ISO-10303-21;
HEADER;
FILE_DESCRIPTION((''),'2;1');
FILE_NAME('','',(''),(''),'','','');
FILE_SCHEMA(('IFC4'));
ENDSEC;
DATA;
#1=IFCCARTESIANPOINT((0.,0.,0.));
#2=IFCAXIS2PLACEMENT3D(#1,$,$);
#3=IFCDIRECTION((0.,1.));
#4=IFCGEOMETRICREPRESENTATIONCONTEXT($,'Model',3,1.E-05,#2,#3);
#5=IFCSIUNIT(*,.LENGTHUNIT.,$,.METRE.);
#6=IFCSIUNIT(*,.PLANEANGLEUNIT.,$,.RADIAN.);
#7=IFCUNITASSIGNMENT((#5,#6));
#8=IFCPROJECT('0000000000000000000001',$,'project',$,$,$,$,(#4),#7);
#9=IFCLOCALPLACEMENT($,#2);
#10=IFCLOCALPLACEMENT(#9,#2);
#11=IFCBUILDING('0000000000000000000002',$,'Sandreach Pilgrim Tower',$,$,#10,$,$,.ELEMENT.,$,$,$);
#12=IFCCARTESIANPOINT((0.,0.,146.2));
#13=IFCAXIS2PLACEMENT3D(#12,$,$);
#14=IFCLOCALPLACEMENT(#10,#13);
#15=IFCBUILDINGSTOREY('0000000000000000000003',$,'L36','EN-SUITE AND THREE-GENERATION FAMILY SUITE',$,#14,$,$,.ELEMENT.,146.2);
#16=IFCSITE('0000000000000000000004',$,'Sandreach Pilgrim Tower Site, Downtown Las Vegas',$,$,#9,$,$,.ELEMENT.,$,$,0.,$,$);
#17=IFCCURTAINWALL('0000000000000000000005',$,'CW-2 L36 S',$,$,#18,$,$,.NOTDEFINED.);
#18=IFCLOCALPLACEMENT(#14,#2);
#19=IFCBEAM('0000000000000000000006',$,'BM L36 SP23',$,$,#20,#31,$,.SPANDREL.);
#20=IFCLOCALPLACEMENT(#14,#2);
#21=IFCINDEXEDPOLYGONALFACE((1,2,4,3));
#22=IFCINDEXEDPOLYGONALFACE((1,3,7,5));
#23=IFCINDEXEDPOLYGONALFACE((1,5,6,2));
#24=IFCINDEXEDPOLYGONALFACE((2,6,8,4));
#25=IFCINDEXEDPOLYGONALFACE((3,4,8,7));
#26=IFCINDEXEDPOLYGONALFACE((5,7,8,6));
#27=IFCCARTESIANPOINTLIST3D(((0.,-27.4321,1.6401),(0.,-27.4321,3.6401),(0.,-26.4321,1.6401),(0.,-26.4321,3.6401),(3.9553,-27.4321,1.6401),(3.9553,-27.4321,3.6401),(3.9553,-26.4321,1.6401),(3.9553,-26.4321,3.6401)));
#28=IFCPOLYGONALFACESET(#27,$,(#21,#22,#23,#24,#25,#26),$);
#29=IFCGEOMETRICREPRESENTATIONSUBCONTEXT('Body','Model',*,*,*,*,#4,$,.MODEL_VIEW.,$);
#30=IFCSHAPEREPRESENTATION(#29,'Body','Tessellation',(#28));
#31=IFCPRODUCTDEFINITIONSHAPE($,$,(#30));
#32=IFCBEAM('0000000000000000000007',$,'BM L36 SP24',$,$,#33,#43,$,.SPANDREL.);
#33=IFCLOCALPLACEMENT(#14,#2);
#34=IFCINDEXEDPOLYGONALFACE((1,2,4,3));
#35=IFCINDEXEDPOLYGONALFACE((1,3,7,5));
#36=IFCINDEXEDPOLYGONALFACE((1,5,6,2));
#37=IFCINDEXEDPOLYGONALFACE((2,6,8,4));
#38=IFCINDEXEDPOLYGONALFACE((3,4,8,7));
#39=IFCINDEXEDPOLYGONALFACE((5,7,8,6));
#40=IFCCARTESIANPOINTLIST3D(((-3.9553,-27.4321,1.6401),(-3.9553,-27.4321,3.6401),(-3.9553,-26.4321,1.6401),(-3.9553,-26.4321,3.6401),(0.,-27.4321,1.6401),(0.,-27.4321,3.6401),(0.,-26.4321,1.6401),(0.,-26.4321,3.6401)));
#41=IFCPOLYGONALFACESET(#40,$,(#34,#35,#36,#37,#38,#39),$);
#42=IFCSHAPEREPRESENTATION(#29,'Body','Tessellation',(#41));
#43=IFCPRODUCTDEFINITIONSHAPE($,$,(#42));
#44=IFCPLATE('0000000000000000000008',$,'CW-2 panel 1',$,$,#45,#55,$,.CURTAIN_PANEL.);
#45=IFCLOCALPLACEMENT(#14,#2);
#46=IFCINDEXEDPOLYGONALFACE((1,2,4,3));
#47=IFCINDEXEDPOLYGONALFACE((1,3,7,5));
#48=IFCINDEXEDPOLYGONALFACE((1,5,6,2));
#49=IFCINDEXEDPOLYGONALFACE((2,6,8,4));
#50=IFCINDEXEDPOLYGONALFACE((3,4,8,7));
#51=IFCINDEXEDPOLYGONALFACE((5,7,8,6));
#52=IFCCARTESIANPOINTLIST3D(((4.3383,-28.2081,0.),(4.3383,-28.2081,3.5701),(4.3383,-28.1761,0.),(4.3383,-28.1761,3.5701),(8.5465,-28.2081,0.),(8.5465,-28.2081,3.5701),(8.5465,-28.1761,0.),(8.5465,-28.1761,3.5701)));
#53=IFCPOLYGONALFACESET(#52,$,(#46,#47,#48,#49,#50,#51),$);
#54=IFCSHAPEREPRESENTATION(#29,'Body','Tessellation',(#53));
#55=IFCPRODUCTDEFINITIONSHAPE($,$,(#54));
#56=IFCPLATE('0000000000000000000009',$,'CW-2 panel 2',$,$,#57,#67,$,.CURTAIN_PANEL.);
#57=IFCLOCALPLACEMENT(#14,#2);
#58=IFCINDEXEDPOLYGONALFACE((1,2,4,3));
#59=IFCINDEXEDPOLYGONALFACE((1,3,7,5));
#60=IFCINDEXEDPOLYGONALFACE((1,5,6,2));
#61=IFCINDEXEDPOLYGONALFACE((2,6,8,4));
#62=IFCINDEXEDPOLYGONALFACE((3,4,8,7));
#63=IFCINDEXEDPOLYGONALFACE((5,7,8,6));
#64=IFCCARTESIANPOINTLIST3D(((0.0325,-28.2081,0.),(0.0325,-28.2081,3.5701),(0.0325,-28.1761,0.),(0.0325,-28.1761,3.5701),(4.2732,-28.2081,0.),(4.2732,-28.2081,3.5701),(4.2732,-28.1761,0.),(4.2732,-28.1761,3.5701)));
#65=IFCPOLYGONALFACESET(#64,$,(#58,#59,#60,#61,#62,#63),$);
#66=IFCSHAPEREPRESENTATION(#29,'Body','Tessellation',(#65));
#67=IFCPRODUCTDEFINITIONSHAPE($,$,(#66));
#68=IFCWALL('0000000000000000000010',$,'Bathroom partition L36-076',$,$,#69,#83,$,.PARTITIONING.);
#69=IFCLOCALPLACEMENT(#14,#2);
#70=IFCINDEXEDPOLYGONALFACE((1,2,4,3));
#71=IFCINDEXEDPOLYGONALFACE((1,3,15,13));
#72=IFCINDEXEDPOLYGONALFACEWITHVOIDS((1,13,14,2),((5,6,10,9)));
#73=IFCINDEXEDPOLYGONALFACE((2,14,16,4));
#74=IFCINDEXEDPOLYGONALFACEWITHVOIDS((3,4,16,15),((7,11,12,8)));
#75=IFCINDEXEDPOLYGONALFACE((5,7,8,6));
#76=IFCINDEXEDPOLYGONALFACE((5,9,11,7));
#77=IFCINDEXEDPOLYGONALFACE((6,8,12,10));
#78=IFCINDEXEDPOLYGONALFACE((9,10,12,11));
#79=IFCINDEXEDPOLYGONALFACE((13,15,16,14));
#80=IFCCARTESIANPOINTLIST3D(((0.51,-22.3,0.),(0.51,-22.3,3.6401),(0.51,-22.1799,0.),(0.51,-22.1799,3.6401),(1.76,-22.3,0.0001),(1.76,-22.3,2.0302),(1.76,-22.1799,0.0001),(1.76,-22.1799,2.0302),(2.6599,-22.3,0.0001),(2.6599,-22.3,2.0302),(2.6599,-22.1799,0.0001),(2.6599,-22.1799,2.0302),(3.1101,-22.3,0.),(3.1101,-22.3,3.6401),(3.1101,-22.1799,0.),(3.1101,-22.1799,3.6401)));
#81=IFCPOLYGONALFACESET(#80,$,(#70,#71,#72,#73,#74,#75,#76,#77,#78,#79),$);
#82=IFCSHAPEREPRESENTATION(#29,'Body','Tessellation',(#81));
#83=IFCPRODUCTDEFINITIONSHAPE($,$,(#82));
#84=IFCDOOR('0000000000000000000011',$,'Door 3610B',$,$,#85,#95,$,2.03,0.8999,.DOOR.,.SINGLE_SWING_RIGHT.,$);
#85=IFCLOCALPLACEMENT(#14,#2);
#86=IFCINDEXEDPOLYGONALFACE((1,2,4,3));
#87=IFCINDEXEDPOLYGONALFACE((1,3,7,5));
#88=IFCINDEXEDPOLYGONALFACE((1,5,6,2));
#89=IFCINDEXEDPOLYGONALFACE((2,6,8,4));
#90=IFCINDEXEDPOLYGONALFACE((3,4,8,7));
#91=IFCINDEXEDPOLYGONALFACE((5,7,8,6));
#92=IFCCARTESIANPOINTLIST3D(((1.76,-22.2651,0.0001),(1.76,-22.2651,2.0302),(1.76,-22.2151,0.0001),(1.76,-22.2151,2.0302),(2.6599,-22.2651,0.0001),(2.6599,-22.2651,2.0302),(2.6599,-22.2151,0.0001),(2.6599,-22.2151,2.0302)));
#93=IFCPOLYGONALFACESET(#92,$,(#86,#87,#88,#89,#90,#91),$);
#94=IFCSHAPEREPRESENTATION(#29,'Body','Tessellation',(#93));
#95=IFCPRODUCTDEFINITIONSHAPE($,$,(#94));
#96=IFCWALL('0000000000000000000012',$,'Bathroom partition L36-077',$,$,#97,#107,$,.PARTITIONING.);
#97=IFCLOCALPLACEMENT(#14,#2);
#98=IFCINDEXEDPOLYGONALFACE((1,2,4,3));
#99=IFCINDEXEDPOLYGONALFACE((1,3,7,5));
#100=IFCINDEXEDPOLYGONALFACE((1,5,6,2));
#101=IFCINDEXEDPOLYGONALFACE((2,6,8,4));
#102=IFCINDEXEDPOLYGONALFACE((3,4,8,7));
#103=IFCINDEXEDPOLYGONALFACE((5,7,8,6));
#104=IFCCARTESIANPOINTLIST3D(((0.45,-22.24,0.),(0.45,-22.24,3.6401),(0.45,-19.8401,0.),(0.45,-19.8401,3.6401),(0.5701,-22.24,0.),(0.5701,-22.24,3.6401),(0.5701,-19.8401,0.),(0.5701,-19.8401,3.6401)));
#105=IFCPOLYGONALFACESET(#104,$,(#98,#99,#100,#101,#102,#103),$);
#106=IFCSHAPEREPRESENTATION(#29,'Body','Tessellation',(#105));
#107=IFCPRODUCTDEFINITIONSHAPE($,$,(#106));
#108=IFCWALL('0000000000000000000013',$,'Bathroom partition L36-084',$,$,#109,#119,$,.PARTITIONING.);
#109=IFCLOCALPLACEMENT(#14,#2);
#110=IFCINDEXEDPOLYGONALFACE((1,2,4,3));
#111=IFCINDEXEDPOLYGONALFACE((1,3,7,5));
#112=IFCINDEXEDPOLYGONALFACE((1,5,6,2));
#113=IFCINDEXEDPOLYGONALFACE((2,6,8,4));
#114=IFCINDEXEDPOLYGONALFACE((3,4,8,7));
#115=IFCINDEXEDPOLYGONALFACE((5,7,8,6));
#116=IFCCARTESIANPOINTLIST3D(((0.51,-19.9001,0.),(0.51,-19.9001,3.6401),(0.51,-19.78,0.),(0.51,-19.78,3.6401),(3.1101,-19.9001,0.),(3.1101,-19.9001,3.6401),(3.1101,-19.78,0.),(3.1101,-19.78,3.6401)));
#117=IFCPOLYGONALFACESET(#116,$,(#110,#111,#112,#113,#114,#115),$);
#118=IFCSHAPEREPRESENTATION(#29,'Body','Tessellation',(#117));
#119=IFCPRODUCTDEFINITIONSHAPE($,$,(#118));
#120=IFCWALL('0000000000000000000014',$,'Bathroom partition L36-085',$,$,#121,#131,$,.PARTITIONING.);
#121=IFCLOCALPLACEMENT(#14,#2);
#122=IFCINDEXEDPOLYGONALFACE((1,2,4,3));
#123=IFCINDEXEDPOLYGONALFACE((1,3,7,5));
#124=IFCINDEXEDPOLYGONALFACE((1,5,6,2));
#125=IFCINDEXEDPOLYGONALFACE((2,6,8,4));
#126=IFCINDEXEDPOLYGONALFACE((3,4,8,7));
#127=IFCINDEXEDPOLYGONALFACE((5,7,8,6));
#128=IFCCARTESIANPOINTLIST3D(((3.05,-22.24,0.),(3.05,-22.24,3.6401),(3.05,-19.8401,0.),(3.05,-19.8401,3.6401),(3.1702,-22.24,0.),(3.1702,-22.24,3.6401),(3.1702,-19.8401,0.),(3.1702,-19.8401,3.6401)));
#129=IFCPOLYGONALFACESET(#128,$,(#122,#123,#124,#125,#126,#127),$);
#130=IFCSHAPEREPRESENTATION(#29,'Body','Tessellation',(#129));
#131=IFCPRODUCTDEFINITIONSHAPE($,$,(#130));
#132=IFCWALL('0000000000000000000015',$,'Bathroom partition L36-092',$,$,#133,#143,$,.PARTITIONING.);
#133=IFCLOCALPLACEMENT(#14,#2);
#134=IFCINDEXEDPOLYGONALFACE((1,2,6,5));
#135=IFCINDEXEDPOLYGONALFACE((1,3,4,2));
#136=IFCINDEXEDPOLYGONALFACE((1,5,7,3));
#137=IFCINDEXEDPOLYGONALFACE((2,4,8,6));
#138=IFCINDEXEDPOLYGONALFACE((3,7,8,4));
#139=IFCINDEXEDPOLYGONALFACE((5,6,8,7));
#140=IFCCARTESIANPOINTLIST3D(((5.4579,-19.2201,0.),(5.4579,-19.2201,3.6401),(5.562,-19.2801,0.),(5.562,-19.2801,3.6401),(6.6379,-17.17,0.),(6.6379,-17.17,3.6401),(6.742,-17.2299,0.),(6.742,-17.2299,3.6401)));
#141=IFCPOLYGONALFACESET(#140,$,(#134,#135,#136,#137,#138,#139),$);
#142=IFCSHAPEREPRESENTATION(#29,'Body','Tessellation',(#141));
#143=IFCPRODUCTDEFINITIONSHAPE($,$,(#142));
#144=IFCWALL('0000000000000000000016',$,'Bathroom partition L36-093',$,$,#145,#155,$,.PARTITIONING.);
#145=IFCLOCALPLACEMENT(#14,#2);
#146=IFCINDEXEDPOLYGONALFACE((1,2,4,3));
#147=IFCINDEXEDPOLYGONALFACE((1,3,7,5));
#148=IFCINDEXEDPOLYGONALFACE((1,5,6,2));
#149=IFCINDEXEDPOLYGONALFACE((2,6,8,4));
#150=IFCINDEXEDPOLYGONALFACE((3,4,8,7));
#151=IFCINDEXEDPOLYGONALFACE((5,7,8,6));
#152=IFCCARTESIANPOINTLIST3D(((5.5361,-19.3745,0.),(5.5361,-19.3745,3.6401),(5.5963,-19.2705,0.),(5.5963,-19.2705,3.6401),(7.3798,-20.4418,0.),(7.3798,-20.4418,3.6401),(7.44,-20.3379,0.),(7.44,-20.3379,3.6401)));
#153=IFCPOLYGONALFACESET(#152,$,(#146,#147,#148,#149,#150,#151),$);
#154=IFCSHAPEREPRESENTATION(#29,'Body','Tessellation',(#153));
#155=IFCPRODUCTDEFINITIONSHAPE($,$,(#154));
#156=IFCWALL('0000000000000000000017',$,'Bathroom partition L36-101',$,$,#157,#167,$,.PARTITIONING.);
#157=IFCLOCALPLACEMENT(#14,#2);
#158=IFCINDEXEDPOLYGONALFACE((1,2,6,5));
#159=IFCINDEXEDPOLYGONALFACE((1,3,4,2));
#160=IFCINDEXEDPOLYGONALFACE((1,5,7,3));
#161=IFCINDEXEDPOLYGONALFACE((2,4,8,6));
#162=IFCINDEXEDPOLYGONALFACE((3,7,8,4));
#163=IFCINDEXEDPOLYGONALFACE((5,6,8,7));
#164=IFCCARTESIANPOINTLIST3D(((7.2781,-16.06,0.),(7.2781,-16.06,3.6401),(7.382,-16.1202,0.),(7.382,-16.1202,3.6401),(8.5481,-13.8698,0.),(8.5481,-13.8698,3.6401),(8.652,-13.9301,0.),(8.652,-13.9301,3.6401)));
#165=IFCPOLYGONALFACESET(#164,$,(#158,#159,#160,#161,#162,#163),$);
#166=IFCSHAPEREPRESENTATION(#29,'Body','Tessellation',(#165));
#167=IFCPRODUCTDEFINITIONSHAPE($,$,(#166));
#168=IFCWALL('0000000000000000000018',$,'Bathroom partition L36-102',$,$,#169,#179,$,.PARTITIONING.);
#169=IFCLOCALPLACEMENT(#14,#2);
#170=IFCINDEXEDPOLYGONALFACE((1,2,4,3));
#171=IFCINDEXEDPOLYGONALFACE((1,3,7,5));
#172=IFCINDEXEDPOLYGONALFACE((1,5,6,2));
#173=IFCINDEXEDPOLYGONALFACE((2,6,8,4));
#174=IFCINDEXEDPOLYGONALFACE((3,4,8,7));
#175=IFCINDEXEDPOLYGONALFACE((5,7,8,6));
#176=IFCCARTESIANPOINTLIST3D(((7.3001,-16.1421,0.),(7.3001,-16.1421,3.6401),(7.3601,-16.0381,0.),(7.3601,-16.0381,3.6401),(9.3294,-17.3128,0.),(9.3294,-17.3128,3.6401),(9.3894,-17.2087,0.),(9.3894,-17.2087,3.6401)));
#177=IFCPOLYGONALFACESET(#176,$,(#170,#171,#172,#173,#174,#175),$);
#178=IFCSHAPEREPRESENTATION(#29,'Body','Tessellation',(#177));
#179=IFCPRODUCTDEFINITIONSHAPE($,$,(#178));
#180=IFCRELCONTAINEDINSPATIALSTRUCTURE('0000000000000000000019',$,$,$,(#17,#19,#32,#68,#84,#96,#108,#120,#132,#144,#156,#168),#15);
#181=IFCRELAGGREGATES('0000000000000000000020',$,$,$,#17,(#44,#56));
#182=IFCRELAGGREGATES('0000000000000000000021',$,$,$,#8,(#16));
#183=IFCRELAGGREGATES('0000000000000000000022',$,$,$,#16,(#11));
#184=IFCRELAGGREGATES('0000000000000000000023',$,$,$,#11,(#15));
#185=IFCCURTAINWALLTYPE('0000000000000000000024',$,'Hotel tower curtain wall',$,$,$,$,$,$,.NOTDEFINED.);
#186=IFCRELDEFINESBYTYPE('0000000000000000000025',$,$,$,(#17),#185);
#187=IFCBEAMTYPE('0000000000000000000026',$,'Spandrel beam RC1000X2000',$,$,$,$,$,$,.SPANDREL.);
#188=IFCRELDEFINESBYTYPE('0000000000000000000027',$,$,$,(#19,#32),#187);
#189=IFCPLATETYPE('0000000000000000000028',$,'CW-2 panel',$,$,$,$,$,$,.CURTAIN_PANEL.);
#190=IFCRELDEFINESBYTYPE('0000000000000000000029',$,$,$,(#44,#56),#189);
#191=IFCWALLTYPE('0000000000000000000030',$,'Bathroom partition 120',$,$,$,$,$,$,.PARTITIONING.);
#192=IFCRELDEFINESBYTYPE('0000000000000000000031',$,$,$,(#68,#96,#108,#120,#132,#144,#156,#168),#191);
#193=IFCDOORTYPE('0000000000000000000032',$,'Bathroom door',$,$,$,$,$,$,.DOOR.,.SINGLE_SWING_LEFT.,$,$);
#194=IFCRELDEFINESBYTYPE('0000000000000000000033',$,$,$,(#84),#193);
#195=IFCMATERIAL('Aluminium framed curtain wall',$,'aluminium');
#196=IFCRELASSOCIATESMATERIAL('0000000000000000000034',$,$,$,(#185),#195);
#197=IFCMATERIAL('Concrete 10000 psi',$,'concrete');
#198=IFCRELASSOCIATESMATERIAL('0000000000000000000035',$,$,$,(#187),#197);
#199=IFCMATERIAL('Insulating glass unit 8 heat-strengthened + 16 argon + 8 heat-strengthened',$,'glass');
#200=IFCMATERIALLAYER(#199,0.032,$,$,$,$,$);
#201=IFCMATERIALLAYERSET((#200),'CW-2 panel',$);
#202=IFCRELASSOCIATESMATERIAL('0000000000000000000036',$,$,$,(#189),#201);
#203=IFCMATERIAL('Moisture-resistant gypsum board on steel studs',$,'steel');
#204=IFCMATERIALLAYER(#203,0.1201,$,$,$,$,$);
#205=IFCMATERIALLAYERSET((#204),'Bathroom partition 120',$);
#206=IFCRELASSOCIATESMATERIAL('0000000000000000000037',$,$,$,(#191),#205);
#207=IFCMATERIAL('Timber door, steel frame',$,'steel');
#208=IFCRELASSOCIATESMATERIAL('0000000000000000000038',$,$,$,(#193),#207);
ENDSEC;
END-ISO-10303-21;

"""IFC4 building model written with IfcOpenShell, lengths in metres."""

from ifc_helpers import new_model, si_unit, direction, frame, frame_2d, origin, origin_2d, place, context, subcontext, project, spatial, rectangle, extrude, material, layer, layer_set, material_profile, profile_set, type_object, element, fill, aggregate, save


model = new_model("IFC4")

# Units and contexts
model_context = context("Model", 3, precision=1e-05, world=origin(), true_north=direction((0.0, 1.0)))
body_context = subcontext(model_context, "Body", "Model", "MODEL_VIEW")
ifc_project = project(units=[si_unit("LENGTHUNIT", "METRE"), si_unit("PLANEANGLEUNIT", "RADIAN")], contexts=[model_context])

# Site, building, storey
site_placement = place(None, origin())
site = spatial("IfcSite", under=ifc_project, at=site_placement, Name="Sandreach Pilgrim Tower Site, Downtown Las Vegas", CompositionType="ELEMENT", RefElevation=0.0)
building_placement = place(site_placement, origin())
building = spatial("IfcBuilding", under=site, at=building_placement, Name="Sandreach Pilgrim Tower", CompositionType="ELEMENT")
storey_placement = place(building_placement, frame((0.0, 0.0, 146.2)))
storey = spatial("IfcBuildingStorey", under=building, at=storey_placement, Name="L36", Description="EN-SUITE AND THREE-GENERATION FAMILY SUITE", CompositionType="ELEMENT", Elevation=146.2)

# Curtain wall
ifc_material_1 = material(Name="Aluminium framed curtain wall", Category="aluminium")
curtain_wall_type = type_object("IfcCurtainWallType", Name="Hotel tower curtain wall", PredefinedType="NOTDEFINED", material=ifc_material_1)
curtain_wall_placement = place(storey_placement, origin())
curtain_wall = element("IfcCurtainWall", 1, at=curtain_wall_placement, inside=storey, type_object=curtain_wall_type, Name="CW-2 L36 S", PredefinedType="NOTDEFINED")

# Beams
ifc_material_2 = material(Name="Concrete 10000 psi", Category="concrete")
ifc_material_profile_1 = material_profile(ifc_material_2, rectangle(XDim=1.0, YDim=2.0, at=origin_2d()), Name="RC1000X2000")
ifc_profile_set_1 = profile_set([ifc_material_profile_1], Name="Concrete 10000 psi")
beam_type_1 = type_object("IfcBeamType", Name="Spandrel beam RC1000X2000", PredefinedType="SPANDREL", material=ifc_profile_set_1)
for number, where, z_axis, x_axis, name in (
    (2, (3.9553, -26.9321, 2.6401), (-1.0, 0.0, 0.0), (0.0, -1.0, 0.0), "BM L36 SP23"),
    (3, (0.0, -26.9321, 2.6401), (-1.0, 0.0, 0.0), (0.0, -1.0, 0.0), "BM L36 SP24"),
):
    element("IfcBeam", number, at=place(storey_placement, frame(where, z_axis=z_axis, x_axis=x_axis)), inside=storey, type_object=beam_type_1, Name=name, PredefinedType="SPANDREL", context=body_context, shape_type="SweptSolid", body=[
        extrude(rectangle(XDim=1.0, YDim=2.0, at=origin_2d()), origin(), (0.0, 0.0, 1.0), 3.9553),
    ])

# Plates
ifc_material_3 = material(Name="Insulating glass unit 8 heat-strengthened + 16 argon + 8 heat-strengthened", Category="glass")
ifc_layer_1 = layer(ifc_material_3, 0.032)
ifc_layer_set_1 = layer_set([ifc_layer_1], Name="CW-2 panel")
plate_type = type_object("IfcPlateType", Name="CW-2 panel", PredefinedType="CURTAIN_PANEL", material=ifc_layer_set_1)
plate_1_placement = place(storey_placement, frame((6.4424, -28.1921, 0.0), z_axis=(0.0, 0.0, 1.0), x_axis=(-1.0, 0.0, 0.0)))
plate_1 = element("IfcPlate", 4, at=plate_1_placement, type_object=plate_type, Name="CW-2 panel 1", PredefinedType="CURTAIN_PANEL", context=body_context, shape_type="SweptSolid", body=[
    extrude(rectangle(XDim=4.2083, YDim=0.032, at=origin_2d()), origin(), (0.0, 0.0, 1.0), 3.5701),
])
plate_2_placement = place(storey_placement, frame((2.1528, -28.1921, 0.0), z_axis=(0.0, 0.0, 1.0), x_axis=(-1.0, 0.0, 0.0)))
plate_2 = element("IfcPlate", 5, at=plate_2_placement, type_object=plate_type, Name="CW-2 panel 2", PredefinedType="CURTAIN_PANEL", context=body_context, shape_type="SweptSolid", body=[
    extrude(rectangle(XDim=4.2407, YDim=0.032, at=origin_2d()), origin(), (0.0, 0.0, 1.0), 3.5701),
])
aggregate(curtain_wall, [plate_1, plate_2])

# Wall, opening, door
ifc_material_4 = material(Name="Moisture-resistant gypsum board on steel studs", Category="steel")
ifc_layer_2 = layer(ifc_material_4, 0.1201)
ifc_layer_set_2 = layer_set([ifc_layer_2], Name="Bathroom partition 120")
wall_type_1 = type_object("IfcWallType", Name="Bathroom partition 120", PredefinedType="PARTITIONING", material=ifc_layer_set_2)
wall_1_placement = place(storey_placement, frame((0.51, -22.24, 0.0), z_axis=(0.0, 0.0, 1.0), x_axis=(1.0, 0.0, 0.0)))
wall_1 = element("IfcWall", 6, at=wall_1_placement, inside=storey, type_object=wall_type_1, Name="Bathroom partition L36-076", PredefinedType="PARTITIONING", context=body_context, shape_type="SweptSolid", body=[
    extrude(rectangle(XDim=2.6001, YDim=0.1201, at=frame_2d((1.3, 0.0))), origin(), (0.0, 0.0, 1.0), 3.6401),
])
opening_1_placement = place(wall_1_placement, frame((1.25, 0.0, 0.0)))
opening_1 = element("IfcOpeningElement", 7, at=opening_1_placement, cuts=wall_1, PredefinedType="OPENING", context=body_context, shape_type="SweptSolid", body=[
    extrude(rectangle(XDim=0.8999, YDim=2.03, at=frame_2d((0.45, 1.0151))), frame((0.0, 0.0601, 0.0), z_axis=(0.0, -1.0, 0.0), x_axis=(1.0, 0.0, 0.0)), (0.0, 0.0, 1.0), 0.1201),
])
ifc_material_5 = material(Name="Timber door, steel frame", Category="steel")
door_type_1 = type_object("IfcDoorType", Name="Bathroom door", OperationType="SINGLE_SWING_LEFT", PredefinedType="DOOR", material=ifc_material_5)
door_1_placement = place(opening_1_placement, origin())
door_1 = element("IfcDoor", 8, at=door_1_placement, inside=storey, type_object=door_type_1, Name="Door 3610B", OperationType="SINGLE_SWING_RIGHT", OverallHeight=2.03, OverallWidth=0.8999, PredefinedType="DOOR", context=body_context, shape_type="SweptSolid", body=[
    extrude(rectangle(XDim=0.8999, YDim=2.03, at=frame_2d((0.45, 1.0151))), frame((0.0, 0.0249, 0.0), z_axis=(0.0, -1.0, 0.0), x_axis=(1.0, 0.0, 0.0)), (0.0, 0.0, 1.0), 0.05),
])
fill(opening_1, door_1)

# Walls
wall_2_placement = place(storey_placement, frame((0.51, -19.8401, 0.0), z_axis=(0.0, 0.0, 1.0), x_axis=(0.0, -1.0, 0.0)))
element("IfcWall", 9, at=wall_2_placement, inside=storey, type_object=wall_type_1, Name="Bathroom partition L36-077", PredefinedType="PARTITIONING", context=body_context, shape_type="SweptSolid", body=[
    extrude(rectangle(XDim=2.3999, YDim=0.1201, at=frame_2d((1.2, 0.0))), origin(), (0.0, 0.0, 1.0), 3.6401),
])
wall_3_placement = place(storey_placement, frame((3.1101, -19.8401, 0.0), z_axis=(0.0, 0.0, 1.0), x_axis=(-1.0, 0.0, 0.0)))
element("IfcWall", 10, at=wall_3_placement, inside=storey, type_object=wall_type_1, Name="Bathroom partition L36-084", PredefinedType="PARTITIONING", context=body_context, shape_type="SweptSolid", body=[
    extrude(rectangle(XDim=2.6001, YDim=0.1201, at=frame_2d((1.3, 0.0))), origin(), (0.0, 0.0, 1.0), 3.6401),
])
wall_4_placement = place(storey_placement, frame((3.1101, -19.8401, 0.0), z_axis=(0.0, 0.0, 1.0), x_axis=(0.0, -1.0, 0.0)))
element("IfcWall", 11, at=wall_4_placement, inside=storey, type_object=wall_type_1, Name="Bathroom partition L36-085", PredefinedType="PARTITIONING", context=body_context, shape_type="SweptSolid", body=[
    extrude(rectangle(XDim=2.3999, YDim=0.1201, at=frame_2d((1.2, 0.0))), origin(), (0.0, 0.0, 1.0), 3.6401),
])
wall_5_placement = place(storey_placement, frame((5.51, -19.25, 0.0), z_axis=(0.0, 0.0, 1.0), x_axis=(0.498838, 0.866695, 0.0)))
element("IfcWall", 12, at=wall_5_placement, inside=storey, type_object=wall_type_1, Name="Bathroom partition L36-092", PredefinedType="PARTITIONING", context=body_context, shape_type="SweptSolid", body=[
    extrude(rectangle(XDim=2.3655, YDim=0.1201, at=frame_2d((1.1826, 0.0))), origin(), (0.0, 0.0, 1.0), 3.6401),
])
wall_6_placement = place(storey_placement, frame((5.5662, -19.3225, 0.0), z_axis=(0.0, 0.0, 1.0), x_axis=(0.865437, -0.501018, 0.0)))
element("IfcWall", 13, at=wall_6_placement, inside=storey, type_object=wall_type_1, Name="Bathroom partition L36-093", PredefinedType="PARTITIONING", context=body_context, shape_type="SweptSolid", body=[
    extrude(rectangle(XDim=2.1304, YDim=0.1201, at=frame_2d((1.0652, 0.0))), origin(), (0.0, 0.0, 1.0), 3.6401),
])
wall_7_placement = place(storey_placement, frame((7.3301, -16.0901, 0.0), z_axis=(0.0, 0.0, 1.0), x_axis=(0.501633, 0.865081, 0.0)))
element("IfcWall", 14, at=wall_7_placement, inside=storey, type_object=wall_type_1, Name="Bathroom partition L36-101", PredefinedType="PARTITIONING", context=body_context, shape_type="SweptSolid", body=[
    extrude(rectangle(XDim=2.5317, YDim=0.1201, at=frame_2d((1.2659, 0.0))), origin(), (0.0, 0.0, 1.0), 3.6401),
])
wall_8_placement = place(storey_placement, frame((7.3301, -16.0901, 0.0), z_axis=(0.0, 0.0, 1.0), x_axis=(0.866203, -0.499692, 0.0)))
element("IfcWall", 15, at=wall_8_placement, inside=storey, type_object=wall_type_1, Name="Bathroom partition L36-102", PredefinedType="PARTITIONING", context=body_context, shape_type="SweptSolid", body=[
    extrude(rectangle(XDim=2.3428, YDim=0.1201, at=frame_2d((1.1714, 0.0))), origin(), (0.0, 0.0, 1.0), 3.6401),
])

save(model, "model.ifc")
